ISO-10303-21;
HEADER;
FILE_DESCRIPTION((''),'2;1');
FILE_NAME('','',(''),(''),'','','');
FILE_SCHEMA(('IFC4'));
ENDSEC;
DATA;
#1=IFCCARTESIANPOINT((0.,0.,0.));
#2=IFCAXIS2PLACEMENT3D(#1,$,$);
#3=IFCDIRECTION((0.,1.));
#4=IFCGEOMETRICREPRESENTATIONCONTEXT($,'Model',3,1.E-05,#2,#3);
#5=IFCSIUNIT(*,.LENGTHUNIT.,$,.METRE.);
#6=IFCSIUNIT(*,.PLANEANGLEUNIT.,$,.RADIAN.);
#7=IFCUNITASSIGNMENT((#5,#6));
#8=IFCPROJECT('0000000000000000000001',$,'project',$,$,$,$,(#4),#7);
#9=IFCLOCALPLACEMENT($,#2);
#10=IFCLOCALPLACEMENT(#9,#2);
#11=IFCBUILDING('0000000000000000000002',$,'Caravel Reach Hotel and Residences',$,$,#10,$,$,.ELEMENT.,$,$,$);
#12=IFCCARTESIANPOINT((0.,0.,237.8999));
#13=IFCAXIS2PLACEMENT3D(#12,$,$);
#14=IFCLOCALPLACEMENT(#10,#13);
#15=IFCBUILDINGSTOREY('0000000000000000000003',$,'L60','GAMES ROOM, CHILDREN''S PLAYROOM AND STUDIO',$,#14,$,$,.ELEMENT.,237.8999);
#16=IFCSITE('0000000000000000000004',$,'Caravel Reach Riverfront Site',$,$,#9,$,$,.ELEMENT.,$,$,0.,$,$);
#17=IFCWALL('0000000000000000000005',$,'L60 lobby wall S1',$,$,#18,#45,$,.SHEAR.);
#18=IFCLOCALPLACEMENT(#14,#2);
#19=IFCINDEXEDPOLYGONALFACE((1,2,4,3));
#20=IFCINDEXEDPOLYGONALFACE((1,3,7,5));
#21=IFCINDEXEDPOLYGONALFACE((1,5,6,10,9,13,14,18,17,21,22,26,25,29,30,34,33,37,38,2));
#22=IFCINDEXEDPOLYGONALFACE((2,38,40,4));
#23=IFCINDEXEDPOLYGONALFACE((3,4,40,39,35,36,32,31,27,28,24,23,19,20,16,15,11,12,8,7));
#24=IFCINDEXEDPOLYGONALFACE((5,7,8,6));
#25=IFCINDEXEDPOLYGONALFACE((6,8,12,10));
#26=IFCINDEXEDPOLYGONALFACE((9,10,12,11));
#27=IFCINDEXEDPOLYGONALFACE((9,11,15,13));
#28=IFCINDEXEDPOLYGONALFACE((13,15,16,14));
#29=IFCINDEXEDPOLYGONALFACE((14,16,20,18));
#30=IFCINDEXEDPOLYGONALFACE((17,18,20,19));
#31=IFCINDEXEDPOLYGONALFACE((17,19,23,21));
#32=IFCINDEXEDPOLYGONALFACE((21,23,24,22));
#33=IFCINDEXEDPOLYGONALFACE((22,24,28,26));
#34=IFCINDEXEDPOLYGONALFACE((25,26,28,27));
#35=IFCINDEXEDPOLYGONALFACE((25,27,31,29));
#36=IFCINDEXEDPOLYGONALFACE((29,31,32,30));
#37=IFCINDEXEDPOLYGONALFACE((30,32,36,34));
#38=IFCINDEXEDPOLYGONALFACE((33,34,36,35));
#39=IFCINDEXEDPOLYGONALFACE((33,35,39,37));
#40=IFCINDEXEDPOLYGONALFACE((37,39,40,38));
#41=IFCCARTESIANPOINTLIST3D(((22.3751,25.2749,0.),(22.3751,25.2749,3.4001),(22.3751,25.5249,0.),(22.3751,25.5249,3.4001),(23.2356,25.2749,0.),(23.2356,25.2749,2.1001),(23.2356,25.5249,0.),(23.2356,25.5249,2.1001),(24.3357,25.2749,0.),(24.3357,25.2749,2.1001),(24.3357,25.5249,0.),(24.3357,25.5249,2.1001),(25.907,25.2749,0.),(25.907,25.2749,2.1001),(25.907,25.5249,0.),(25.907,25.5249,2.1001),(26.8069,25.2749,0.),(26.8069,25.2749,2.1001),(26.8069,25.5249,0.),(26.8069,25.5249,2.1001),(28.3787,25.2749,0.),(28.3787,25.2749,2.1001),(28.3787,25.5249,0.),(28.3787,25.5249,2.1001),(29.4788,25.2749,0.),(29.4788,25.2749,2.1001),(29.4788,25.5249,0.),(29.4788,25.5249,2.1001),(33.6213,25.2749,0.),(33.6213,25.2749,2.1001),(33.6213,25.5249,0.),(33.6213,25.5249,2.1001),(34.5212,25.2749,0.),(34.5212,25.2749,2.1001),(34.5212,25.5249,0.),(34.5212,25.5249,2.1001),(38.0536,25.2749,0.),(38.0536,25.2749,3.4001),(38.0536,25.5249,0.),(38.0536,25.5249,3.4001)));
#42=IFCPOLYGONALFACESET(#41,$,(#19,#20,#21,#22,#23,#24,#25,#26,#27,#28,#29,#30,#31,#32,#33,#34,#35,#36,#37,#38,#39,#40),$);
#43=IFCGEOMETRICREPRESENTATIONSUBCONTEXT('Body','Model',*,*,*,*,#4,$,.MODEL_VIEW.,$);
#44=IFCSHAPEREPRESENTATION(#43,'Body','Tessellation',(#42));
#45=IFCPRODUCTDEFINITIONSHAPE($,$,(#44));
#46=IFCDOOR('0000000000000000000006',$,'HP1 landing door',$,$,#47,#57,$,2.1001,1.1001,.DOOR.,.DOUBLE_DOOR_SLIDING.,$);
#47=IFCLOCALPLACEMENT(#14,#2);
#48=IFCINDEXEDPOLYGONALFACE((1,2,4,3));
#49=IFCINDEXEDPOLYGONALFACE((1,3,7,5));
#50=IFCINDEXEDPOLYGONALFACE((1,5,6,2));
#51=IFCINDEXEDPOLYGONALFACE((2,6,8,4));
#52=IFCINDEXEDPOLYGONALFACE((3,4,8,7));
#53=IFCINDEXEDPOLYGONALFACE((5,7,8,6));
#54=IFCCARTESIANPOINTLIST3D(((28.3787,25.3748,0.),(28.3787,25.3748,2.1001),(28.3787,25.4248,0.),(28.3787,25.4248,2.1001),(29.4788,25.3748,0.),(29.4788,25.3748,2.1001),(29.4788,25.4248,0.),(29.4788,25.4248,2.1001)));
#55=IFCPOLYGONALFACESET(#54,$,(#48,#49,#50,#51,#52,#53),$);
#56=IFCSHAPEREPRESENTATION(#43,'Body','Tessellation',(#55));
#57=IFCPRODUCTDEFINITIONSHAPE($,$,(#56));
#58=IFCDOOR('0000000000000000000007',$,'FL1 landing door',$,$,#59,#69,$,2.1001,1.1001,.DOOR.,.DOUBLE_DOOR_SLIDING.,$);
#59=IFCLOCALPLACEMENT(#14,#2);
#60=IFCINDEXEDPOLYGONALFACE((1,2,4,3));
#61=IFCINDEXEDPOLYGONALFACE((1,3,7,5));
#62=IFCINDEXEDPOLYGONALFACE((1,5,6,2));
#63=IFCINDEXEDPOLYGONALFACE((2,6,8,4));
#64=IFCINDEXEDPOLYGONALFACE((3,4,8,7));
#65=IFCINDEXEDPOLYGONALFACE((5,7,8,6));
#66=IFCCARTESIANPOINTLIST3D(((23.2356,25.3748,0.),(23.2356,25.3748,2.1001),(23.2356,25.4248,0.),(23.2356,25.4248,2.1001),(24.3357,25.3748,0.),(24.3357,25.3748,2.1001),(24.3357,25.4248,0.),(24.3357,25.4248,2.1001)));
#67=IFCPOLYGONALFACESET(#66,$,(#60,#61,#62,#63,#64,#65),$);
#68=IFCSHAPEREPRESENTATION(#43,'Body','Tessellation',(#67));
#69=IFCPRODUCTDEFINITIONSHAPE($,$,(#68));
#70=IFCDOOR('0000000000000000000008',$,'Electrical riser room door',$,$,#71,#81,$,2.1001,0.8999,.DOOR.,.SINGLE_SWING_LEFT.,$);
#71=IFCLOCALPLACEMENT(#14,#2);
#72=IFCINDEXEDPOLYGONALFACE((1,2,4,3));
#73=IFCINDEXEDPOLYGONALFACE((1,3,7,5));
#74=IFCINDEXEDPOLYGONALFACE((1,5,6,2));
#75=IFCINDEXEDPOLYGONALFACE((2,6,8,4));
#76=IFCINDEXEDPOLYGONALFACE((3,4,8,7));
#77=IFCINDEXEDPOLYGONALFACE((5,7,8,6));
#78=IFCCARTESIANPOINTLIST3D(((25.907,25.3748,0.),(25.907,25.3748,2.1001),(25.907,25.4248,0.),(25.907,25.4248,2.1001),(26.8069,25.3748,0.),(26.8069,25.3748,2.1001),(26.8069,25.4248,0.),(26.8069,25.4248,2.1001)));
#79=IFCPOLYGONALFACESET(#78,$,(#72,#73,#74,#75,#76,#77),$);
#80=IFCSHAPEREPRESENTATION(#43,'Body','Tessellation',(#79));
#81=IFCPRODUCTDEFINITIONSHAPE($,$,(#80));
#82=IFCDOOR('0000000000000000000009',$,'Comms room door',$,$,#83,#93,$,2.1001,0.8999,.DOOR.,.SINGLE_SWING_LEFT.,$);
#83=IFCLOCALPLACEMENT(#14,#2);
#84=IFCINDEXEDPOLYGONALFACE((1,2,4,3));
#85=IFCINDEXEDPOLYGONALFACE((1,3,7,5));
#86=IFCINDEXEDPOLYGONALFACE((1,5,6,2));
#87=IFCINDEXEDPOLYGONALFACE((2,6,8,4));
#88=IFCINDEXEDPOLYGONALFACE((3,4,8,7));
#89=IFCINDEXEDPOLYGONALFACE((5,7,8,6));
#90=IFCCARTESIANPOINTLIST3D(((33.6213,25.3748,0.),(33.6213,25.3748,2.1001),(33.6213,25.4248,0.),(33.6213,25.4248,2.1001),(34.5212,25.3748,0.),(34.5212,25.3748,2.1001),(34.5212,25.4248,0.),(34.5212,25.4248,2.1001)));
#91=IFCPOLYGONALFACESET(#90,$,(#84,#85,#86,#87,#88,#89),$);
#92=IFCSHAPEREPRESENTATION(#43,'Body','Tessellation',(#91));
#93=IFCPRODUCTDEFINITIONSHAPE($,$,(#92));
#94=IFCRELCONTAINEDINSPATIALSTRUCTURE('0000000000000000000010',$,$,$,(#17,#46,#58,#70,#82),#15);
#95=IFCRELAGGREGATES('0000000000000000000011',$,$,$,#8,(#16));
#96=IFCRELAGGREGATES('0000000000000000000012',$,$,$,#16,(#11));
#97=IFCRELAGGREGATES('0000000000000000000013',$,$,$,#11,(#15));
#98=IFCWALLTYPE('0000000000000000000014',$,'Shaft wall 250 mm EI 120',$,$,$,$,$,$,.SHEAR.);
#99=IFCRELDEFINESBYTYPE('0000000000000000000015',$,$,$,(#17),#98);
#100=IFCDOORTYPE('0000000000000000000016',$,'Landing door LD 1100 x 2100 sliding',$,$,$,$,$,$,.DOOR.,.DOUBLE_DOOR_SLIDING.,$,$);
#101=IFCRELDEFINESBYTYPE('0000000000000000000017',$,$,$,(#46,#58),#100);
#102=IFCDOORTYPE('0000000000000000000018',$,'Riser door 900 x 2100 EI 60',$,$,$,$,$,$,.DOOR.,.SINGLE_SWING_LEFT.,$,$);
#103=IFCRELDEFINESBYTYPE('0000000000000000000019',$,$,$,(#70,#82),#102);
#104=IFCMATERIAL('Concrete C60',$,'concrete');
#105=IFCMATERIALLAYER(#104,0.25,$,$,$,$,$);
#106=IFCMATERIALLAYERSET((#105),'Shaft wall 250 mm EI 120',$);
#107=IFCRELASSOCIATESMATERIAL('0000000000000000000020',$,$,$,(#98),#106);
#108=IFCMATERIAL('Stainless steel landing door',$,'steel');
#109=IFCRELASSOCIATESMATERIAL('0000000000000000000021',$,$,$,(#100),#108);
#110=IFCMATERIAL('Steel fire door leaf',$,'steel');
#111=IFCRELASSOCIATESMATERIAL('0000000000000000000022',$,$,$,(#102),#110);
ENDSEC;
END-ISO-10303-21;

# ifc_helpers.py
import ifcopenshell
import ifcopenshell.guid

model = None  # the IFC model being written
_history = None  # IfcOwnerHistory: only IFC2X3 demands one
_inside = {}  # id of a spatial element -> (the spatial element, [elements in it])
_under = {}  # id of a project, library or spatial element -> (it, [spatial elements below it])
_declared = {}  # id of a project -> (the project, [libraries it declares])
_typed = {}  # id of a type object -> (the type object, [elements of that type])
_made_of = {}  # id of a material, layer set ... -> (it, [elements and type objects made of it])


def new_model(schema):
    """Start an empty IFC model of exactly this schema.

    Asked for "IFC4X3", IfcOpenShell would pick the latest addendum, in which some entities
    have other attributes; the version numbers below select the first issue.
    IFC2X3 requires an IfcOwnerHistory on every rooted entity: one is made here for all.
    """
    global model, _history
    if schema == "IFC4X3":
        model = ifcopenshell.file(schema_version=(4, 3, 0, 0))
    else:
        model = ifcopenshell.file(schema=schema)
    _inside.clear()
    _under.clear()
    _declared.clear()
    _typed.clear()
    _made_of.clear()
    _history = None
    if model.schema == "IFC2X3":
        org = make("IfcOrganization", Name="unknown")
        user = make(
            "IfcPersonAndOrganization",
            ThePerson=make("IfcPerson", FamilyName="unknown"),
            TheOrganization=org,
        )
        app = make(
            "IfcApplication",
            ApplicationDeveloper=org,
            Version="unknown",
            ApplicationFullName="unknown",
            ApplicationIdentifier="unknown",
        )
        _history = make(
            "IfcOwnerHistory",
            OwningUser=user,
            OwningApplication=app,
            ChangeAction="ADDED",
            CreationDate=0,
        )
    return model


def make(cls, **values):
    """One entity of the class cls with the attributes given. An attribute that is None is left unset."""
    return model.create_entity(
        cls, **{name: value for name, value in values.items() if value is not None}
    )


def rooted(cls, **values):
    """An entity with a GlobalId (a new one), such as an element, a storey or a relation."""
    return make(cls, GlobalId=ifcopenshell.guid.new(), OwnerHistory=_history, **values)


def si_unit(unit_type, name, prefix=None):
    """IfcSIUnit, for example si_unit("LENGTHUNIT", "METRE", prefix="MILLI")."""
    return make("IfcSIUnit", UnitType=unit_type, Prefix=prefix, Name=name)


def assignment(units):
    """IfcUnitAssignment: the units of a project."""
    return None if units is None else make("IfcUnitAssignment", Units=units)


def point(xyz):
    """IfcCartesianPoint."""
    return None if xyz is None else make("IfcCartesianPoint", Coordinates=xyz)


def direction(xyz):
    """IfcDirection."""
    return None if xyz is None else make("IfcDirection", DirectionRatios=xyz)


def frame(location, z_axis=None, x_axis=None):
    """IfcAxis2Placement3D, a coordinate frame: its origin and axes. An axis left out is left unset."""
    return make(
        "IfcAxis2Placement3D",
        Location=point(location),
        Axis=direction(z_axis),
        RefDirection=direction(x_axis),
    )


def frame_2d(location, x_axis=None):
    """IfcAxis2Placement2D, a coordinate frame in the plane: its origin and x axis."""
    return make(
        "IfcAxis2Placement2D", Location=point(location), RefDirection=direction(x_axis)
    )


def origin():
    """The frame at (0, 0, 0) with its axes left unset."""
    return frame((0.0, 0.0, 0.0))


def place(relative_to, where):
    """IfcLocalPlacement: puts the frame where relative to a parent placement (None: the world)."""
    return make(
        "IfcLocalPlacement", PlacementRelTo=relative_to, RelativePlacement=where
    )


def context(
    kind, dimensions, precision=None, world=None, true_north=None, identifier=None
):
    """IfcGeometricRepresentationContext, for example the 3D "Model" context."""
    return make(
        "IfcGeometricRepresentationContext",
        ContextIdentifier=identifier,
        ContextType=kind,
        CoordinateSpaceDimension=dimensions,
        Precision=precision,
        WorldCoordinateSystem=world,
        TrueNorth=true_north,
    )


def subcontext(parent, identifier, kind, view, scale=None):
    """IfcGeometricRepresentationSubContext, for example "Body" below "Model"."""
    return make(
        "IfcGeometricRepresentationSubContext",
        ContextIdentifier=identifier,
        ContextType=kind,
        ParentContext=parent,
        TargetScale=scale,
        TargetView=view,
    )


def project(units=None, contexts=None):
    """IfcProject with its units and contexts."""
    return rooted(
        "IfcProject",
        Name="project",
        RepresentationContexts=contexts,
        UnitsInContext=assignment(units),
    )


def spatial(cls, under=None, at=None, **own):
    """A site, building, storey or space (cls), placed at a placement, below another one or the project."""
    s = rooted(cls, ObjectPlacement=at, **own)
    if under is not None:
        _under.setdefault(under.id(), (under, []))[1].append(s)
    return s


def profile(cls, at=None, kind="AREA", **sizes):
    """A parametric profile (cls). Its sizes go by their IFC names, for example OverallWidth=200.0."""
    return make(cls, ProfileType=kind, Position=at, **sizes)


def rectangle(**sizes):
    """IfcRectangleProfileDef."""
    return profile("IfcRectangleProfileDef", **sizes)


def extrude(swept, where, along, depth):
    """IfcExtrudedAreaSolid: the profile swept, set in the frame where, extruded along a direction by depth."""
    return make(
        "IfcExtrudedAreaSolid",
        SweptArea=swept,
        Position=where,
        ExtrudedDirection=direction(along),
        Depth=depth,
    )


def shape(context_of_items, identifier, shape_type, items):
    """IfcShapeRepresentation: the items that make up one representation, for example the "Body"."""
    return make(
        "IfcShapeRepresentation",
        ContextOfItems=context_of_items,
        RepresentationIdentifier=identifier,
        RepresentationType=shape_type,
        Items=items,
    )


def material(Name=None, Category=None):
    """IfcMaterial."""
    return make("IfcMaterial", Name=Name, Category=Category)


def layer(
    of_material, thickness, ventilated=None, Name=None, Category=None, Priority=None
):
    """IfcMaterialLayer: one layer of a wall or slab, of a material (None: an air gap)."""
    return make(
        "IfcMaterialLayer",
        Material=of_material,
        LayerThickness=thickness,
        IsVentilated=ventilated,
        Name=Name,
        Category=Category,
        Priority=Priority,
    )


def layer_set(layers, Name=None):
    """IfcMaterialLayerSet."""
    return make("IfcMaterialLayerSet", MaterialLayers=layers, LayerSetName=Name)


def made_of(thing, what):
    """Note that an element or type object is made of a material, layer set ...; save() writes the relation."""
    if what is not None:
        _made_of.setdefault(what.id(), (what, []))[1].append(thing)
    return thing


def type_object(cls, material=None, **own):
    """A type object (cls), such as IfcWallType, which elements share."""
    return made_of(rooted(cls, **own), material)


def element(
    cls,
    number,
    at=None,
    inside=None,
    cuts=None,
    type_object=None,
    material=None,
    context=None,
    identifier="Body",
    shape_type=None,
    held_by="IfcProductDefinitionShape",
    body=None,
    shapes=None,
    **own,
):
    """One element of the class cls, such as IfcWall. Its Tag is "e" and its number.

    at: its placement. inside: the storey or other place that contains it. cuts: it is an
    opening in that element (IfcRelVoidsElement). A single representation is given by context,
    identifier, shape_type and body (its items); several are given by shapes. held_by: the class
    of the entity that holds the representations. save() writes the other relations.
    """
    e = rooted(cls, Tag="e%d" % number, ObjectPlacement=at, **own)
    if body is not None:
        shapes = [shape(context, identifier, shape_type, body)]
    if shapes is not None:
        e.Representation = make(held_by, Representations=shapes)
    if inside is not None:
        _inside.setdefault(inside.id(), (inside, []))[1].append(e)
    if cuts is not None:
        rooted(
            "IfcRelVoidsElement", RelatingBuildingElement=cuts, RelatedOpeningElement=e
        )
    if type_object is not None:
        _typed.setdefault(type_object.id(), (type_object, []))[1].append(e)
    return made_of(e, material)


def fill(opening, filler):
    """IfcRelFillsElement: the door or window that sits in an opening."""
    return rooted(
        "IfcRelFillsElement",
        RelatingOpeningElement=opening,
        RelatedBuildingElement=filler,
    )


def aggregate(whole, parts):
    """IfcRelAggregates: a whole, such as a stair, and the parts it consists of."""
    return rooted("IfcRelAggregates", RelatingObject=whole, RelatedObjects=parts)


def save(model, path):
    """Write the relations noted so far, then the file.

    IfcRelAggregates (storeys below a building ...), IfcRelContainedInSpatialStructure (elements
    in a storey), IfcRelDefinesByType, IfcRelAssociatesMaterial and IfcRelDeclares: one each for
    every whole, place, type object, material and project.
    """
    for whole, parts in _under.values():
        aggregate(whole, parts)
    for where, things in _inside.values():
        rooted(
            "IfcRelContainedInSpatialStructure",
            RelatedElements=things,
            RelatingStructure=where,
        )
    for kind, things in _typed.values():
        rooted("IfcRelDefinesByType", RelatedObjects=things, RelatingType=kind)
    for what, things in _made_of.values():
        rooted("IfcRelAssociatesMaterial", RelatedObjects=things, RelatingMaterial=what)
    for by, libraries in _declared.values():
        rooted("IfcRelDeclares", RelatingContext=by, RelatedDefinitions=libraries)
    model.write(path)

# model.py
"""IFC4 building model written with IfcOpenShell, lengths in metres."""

from ifc_helpers import new_model, si_unit, direction, frame, frame_2d, origin, place, context, subcontext, project, spatial, rectangle, extrude, material, layer, layer_set, type_object, element, fill, save


model = new_model("IFC4")

# Units and contexts
model_context = context("Model", 3, precision=1e-05, world=origin(), true_north=direction((0.0, 1.0)))
body_context = subcontext(model_context, "Body", "Model", "MODEL_VIEW")
ifc_project = project(units=[si_unit("LENGTHUNIT", "METRE"), si_unit("PLANEANGLEUNIT", "RADIAN")], contexts=[model_context])

# Site, building, storey
site_placement = place(None, origin())
site = spatial("IfcSite", under=ifc_project, at=site_placement, Name="Caravel Reach Riverfront Site", CompositionType="ELEMENT", RefElevation=0.0)
building_placement = place(site_placement, origin())
building = spatial("IfcBuilding", under=site, at=building_placement, Name="Caravel Reach Hotel and Residences", CompositionType="ELEMENT")
storey_placement = place(building_placement, frame((0.0, 0.0, 237.8999)))
storey = spatial("IfcBuildingStorey", under=building, at=storey_placement, Name="L60", Description="GAMES ROOM, CHILDREN'S PLAYROOM AND STUDIO", CompositionType="ELEMENT", Elevation=237.8999)

# Wall, openings, doors
ifc_material_1 = material(Name="Concrete C60", Category="concrete")
ifc_layer_1 = layer(ifc_material_1, 0.25)
ifc_layer_set_1 = layer_set([ifc_layer_1], Name="Shaft wall 250 mm EI 120")
wall_type_1 = type_object("IfcWallType", Name="Shaft wall 250 mm EI 120", PredefinedType="SHEAR", material=ifc_layer_set_1)
wall_1_placement = place(storey_placement, frame((22.375, 25.3999, 0.0), z_axis=(0.0, 0.0, 1.0), x_axis=(1.0, 0.0, 0.0)))
wall_1 = element("IfcWall", 1, at=wall_1_placement, inside=storey, type_object=wall_type_1, Name="L60 lobby wall S1", PredefinedType="SHEAR", context=body_context, shape_type="SweptSolid", body=[
    extrude(rectangle(XDim=15.6785, YDim=0.25, at=frame_2d((7.8394, 0.0))), origin(), (0.0, 0.0, 1.0), 3.4001),
])
opening_1_placement = place(wall_1_placement, frame((6.0037, 0.0, 0.0)))
opening_1 = element("IfcOpeningElement", 2, at=opening_1_placement, cuts=wall_1, PredefinedType="OPENING", context=body_context, shape_type="SweptSolid", body=[
    extrude(rectangle(XDim=1.1001, YDim=2.1001, at=frame_2d((0.55, 1.05))), frame((0.0, 0.135, 0.0), z_axis=(0.0, -1.0, 0.0), x_axis=(1.0, 0.0, 0.0)), (0.0, 0.0, 1.0), 0.27),
])
opening_2_placement = place(wall_1_placement, frame((0.8606, 0.0, 0.0)))
opening_2 = element("IfcOpeningElement", 3, at=opening_2_placement, cuts=wall_1, PredefinedType="OPENING", context=body_context, shape_type="SweptSolid", body=[
    extrude(rectangle(XDim=1.1001, YDim=2.1001, at=frame_2d((0.55, 1.05))), frame((0.0, 0.135, 0.0), z_axis=(0.0, -1.0, 0.0), x_axis=(1.0, 0.0, 0.0)), (0.0, 0.0, 1.0), 0.27),
])
opening_3_placement = place(wall_1_placement, frame((3.532, 0.0, 0.0)))
opening_3 = element("IfcOpeningElement", 4, at=opening_3_placement, cuts=wall_1, PredefinedType="OPENING", context=body_context, shape_type="SweptSolid", body=[
    extrude(rectangle(XDim=0.8999, YDim=2.1001, at=frame_2d((0.45, 1.05))), frame((0.0, 0.135, 0.0), z_axis=(0.0, -1.0, 0.0), x_axis=(1.0, 0.0, 0.0)), (0.0, 0.0, 1.0), 0.27),
])
opening_4_placement = place(wall_1_placement, frame((11.2463, 0.0, 0.0)))
opening_4 = element("IfcOpeningElement", 5, at=opening_4_placement, cuts=wall_1, PredefinedType="OPENING", context=body_context, shape_type="SweptSolid", body=[
    extrude(rectangle(XDim=0.8999, YDim=2.1001, at=frame_2d((0.45, 1.05))), frame((0.0, 0.135, 0.0), z_axis=(0.0, -1.0, 0.0), x_axis=(1.0, 0.0, 0.0)), (0.0, 0.0, 1.0), 0.27),
])
ifc_material_2 = material(Name="Stainless steel landing door", Category="steel")
door_type_1 = type_object("IfcDoorType", Name="Landing door LD 1100 x 2100 sliding", OperationType="DOUBLE_DOOR_SLIDING", PredefinedType="DOOR", material=ifc_material_2)
door_1_placement = place(opening_1_placement, origin())
door_1 = element("IfcDoor", 6, at=door_1_placement, inside=storey, type_object=door_type_1, Name="HP1 landing door", OperationType="DOUBLE_DOOR_SLIDING", OverallHeight=2.1001, OverallWidth=1.1001, PredefinedType="DOOR", context=body_context, shape_type="SweptSolid", body=[
    extrude(rectangle(XDim=1.1001, YDim=2.1001, at=frame_2d((0.55, 1.05))), frame((0.0, 0.0249, 0.0), z_axis=(0.0, -1.0, 0.0), x_axis=(1.0, 0.0, 0.0)), (0.0, 0.0, 1.0), 0.05),
])
fill(opening_1, door_1)
door_2_placement = place(opening_2_placement, origin())
door_2 = element("IfcDoor", 7, at=door_2_placement, inside=storey, type_object=door_type_1, Name="FL1 landing door", OperationType="DOUBLE_DOOR_SLIDING", OverallHeight=2.1001, OverallWidth=1.1001, PredefinedType="DOOR", context=body_context, shape_type="SweptSolid", body=[
    extrude(rectangle(XDim=1.1001, YDim=2.1001, at=frame_2d((0.55, 1.05))), frame((0.0, 0.0249, 0.0), z_axis=(0.0, -1.0, 0.0), x_axis=(1.0, 0.0, 0.0)), (0.0, 0.0, 1.0), 0.05),
])
fill(opening_2, door_2)
ifc_material_3 = material(Name="Steel fire door leaf", Category="steel")
door_type_2 = type_object("IfcDoorType", Name="Riser door 900 x 2100 EI 60", OperationType="SINGLE_SWING_LEFT", PredefinedType="DOOR", material=ifc_material_3)
door_3_placement = place(opening_3_placement, origin())
door_3 = element("IfcDoor", 8, at=door_3_placement, inside=storey, type_object=door_type_2, Name="Electrical riser room door", OperationType="SINGLE_SWING_LEFT", OverallHeight=2.1001, OverallWidth=0.8999, PredefinedType="DOOR", context=body_context, shape_type="SweptSolid", body=[
    extrude(rectangle(XDim=0.8999, YDim=2.1001, at=frame_2d((0.45, 1.05))), frame((0.0, 0.0249, 0.0), z_axis=(0.0, -1.0, 0.0), x_axis=(1.0, 0.0, 0.0)), (0.0, 0.0, 1.0), 0.05),
])
fill(opening_3, door_3)
door_4_placement = place(opening_4_placement, origin())
door_4 = element("IfcDoor", 9, at=door_4_placement, inside=storey, type_object=door_type_2, Name="Comms room door", OperationType="SINGLE_SWING_LEFT", OverallHeight=2.1001, OverallWidth=0.8999, PredefinedType="DOOR", context=body_context, shape_type="SweptSolid", body=[
    extrude(rectangle(XDim=0.8999, YDim=2.1001, at=frame_2d((0.45, 1.05))), frame((0.0, 0.0249, 0.0), z_axis=(0.0, -1.0, 0.0), x_axis=(1.0, 0.0, 0.0)), (0.0, 0.0, 1.0), 0.05),
])
fill(opening_4, door_4)

save(model, "model.ifc")
